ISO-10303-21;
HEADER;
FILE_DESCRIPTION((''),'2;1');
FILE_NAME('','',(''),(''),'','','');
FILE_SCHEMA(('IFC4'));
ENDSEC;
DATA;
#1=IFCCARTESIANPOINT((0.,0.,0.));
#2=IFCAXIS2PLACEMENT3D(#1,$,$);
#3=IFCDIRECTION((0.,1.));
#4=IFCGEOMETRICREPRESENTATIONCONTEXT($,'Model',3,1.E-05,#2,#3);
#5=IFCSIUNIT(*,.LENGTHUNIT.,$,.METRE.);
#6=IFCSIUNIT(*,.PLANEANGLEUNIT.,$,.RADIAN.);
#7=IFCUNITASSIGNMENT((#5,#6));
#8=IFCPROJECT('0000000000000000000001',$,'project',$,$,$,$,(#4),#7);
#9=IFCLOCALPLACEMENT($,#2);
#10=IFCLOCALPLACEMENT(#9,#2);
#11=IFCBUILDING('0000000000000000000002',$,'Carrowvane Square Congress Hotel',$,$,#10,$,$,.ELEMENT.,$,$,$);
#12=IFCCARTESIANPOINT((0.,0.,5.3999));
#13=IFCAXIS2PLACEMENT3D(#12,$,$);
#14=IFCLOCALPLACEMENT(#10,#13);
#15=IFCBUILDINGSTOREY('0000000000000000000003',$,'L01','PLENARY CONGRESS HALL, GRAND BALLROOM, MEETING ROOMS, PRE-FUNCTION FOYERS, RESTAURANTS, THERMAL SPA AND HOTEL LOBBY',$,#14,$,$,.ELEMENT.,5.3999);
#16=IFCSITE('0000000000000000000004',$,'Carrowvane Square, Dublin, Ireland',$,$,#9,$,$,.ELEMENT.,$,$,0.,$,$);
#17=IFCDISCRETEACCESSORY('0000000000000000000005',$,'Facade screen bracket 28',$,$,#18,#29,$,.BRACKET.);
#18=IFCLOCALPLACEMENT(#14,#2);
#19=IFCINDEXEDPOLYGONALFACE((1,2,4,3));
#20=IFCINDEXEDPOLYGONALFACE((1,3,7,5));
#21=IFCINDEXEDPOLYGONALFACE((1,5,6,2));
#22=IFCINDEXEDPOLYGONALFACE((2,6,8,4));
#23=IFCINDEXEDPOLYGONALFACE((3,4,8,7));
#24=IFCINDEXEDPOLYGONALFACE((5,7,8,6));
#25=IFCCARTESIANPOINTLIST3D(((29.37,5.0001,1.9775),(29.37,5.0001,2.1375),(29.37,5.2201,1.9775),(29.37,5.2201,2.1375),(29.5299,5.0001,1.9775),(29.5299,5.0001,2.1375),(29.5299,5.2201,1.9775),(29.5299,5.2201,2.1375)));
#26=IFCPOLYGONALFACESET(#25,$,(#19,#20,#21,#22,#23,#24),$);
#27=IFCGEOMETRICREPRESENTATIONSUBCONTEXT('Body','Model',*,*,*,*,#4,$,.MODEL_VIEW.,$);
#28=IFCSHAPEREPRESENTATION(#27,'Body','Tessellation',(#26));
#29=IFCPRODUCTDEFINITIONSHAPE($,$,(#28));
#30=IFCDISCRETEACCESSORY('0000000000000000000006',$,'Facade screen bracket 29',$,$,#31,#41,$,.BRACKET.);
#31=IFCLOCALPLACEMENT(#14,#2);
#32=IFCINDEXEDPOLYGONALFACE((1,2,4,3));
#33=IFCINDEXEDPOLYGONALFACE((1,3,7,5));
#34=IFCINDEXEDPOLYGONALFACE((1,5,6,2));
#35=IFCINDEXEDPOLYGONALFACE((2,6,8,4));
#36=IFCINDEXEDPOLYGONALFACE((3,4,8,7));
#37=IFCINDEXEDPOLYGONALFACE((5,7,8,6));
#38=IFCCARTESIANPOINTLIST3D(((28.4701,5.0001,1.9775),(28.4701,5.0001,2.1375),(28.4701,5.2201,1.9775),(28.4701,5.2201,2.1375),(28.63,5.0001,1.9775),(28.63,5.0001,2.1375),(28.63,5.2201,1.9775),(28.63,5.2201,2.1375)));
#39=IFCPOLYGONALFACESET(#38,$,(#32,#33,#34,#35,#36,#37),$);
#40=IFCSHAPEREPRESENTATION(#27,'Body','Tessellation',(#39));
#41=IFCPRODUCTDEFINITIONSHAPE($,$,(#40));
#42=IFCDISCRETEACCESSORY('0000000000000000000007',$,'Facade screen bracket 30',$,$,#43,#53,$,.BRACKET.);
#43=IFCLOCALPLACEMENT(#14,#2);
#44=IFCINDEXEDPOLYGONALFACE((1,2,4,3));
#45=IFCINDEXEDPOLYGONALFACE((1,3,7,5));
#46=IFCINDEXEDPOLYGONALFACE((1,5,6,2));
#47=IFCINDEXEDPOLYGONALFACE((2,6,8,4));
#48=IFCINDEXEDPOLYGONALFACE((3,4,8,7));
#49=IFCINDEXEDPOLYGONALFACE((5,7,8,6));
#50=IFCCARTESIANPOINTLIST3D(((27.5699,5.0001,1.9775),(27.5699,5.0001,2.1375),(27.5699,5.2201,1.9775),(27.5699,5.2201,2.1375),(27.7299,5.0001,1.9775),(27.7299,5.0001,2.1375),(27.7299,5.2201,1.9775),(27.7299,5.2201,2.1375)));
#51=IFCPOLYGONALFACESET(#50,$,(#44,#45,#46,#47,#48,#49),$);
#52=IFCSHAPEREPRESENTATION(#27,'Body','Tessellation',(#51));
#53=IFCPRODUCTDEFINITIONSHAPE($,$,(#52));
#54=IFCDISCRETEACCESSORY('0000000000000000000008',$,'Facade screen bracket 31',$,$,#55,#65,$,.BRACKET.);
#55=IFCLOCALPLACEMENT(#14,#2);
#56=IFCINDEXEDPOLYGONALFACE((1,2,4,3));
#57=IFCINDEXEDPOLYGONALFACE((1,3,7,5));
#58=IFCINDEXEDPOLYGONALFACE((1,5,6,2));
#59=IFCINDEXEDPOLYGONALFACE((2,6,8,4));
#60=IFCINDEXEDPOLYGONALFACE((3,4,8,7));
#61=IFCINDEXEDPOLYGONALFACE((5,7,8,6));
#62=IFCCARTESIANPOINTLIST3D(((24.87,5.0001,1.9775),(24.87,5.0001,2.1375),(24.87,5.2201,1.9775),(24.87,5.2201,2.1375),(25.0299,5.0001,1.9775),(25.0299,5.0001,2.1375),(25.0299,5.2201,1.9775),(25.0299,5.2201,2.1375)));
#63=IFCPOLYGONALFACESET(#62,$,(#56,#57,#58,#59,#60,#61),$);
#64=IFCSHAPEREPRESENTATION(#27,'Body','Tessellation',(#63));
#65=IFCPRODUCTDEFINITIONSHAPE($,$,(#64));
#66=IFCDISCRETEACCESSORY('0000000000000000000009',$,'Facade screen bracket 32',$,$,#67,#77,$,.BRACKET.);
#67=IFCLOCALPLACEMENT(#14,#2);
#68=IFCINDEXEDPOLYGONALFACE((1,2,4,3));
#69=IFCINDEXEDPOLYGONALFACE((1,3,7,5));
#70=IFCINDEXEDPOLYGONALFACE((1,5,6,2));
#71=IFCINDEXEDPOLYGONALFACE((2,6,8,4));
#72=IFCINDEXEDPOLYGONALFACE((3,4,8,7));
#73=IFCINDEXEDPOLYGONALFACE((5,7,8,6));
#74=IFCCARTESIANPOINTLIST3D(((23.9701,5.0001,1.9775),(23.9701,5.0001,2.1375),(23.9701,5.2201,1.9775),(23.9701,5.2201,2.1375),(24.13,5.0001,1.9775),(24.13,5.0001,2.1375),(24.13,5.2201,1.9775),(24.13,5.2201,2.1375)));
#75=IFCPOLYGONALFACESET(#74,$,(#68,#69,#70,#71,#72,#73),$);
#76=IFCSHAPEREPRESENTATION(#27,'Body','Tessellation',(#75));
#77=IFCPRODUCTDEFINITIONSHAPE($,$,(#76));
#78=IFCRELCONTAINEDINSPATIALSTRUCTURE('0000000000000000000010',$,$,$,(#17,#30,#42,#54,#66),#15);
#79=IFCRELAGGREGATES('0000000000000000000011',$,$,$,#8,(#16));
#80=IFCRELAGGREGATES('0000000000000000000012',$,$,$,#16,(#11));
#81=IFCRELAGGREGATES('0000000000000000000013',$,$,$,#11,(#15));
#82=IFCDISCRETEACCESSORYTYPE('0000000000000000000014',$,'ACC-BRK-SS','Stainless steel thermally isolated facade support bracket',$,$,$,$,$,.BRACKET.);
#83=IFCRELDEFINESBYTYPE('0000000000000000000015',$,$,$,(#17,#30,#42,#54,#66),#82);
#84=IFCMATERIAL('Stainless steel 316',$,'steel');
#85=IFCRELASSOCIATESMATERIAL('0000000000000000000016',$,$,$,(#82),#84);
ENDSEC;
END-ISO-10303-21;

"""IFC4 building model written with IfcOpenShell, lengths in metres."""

from ifc_helpers import new_model, si_unit, direction, frame, origin, origin_2d, place, context, subcontext, project, spatial, rectangle, extrude, material, type_object, element, save


model = new_model("IFC4")

# Units and contexts
model_context = context("Model", 3, precision=1e-05, world=origin(), true_north=direction((0.0, 1.0)))
body_context = subcontext(model_context, "Body", "Model", "MODEL_VIEW")
ifc_project = project(units=[si_unit("LENGTHUNIT", "METRE"), si_unit("PLANEANGLEUNIT", "RADIAN")], contexts=[model_context])

# Site, building, storey
site_placement = place(None, origin())
site = spatial("IfcSite", under=ifc_project, at=site_placement, Name="Carrowvane Square, Dublin, Ireland", CompositionType="ELEMENT", RefElevation=0.0)
building_placement = place(site_placement, origin())
building = spatial("IfcBuilding", under=site, at=building_placement, Name="Carrowvane Square Congress Hotel", CompositionType="ELEMENT")
storey_placement = place(building_placement, frame((0.0, 0.0, 5.3999)))
storey = spatial("IfcBuildingStorey", under=building, at=storey_placement, Name="L01", Description="PLENARY CONGRESS HALL, GRAND BALLROOM, MEETING ROOMS, PRE-FUNCTION FOYERS, RESTAURANTS, THERMAL SPA AND HOTEL LOBBY", CompositionType="ELEMENT", Elevation=5.3999)

# Discrete accessories
ifc_material_1 = material(Name="Stainless steel 316", Category="steel")
discrete_accessory_type = type_object("IfcDiscreteAccessoryType", Name="ACC-BRK-SS", Description="Stainless steel thermally isolated facade support bracket", PredefinedType="BRACKET", material=ifc_material_1)
for number, where, z_axis, x_axis, name in (
    (1, (29.45, 5.1101, 1.9775), (0.0, 0.0, 1.0), (-1.0, 0.0, 0.0), "Facade screen bracket 28"),
    (2, (28.55, 5.1101, 1.9775), (0.0, 0.0, 1.0), (-1.0, 0.0, 0.0), "Facade screen bracket 29"),
    (3, (27.6499, 5.1101, 1.9775), (0.0, 0.0, 1.0), (-1.0, 0.0, 0.0), "Facade screen bracket 30"),
    (4, (24.95, 5.1101, 1.9775), (0.0, 0.0, 1.0), (-1.0, 0.0, 0.0), "Facade screen bracket 31"),
    (5, (24.05, 5.1101, 1.9775), (0.0, 0.0, 1.0), (-1.0, 0.0, 0.0), "Facade screen bracket 32"),
):
    element("IfcDiscreteAccessory", number, at=place(storey_placement, frame(where, z_axis=z_axis, x_axis=x_axis)), inside=storey, type_object=discrete_accessory_type, Name=name, PredefinedType="BRACKET", context=body_context, shape_type="SweptSolid", body=[
        extrude(rectangle(XDim=0.1599, YDim=0.22, at=origin_2d()), origin(), (0.0, 0.0, 1.0), 0.1599),
    ])

save(model, "model.ifc")
